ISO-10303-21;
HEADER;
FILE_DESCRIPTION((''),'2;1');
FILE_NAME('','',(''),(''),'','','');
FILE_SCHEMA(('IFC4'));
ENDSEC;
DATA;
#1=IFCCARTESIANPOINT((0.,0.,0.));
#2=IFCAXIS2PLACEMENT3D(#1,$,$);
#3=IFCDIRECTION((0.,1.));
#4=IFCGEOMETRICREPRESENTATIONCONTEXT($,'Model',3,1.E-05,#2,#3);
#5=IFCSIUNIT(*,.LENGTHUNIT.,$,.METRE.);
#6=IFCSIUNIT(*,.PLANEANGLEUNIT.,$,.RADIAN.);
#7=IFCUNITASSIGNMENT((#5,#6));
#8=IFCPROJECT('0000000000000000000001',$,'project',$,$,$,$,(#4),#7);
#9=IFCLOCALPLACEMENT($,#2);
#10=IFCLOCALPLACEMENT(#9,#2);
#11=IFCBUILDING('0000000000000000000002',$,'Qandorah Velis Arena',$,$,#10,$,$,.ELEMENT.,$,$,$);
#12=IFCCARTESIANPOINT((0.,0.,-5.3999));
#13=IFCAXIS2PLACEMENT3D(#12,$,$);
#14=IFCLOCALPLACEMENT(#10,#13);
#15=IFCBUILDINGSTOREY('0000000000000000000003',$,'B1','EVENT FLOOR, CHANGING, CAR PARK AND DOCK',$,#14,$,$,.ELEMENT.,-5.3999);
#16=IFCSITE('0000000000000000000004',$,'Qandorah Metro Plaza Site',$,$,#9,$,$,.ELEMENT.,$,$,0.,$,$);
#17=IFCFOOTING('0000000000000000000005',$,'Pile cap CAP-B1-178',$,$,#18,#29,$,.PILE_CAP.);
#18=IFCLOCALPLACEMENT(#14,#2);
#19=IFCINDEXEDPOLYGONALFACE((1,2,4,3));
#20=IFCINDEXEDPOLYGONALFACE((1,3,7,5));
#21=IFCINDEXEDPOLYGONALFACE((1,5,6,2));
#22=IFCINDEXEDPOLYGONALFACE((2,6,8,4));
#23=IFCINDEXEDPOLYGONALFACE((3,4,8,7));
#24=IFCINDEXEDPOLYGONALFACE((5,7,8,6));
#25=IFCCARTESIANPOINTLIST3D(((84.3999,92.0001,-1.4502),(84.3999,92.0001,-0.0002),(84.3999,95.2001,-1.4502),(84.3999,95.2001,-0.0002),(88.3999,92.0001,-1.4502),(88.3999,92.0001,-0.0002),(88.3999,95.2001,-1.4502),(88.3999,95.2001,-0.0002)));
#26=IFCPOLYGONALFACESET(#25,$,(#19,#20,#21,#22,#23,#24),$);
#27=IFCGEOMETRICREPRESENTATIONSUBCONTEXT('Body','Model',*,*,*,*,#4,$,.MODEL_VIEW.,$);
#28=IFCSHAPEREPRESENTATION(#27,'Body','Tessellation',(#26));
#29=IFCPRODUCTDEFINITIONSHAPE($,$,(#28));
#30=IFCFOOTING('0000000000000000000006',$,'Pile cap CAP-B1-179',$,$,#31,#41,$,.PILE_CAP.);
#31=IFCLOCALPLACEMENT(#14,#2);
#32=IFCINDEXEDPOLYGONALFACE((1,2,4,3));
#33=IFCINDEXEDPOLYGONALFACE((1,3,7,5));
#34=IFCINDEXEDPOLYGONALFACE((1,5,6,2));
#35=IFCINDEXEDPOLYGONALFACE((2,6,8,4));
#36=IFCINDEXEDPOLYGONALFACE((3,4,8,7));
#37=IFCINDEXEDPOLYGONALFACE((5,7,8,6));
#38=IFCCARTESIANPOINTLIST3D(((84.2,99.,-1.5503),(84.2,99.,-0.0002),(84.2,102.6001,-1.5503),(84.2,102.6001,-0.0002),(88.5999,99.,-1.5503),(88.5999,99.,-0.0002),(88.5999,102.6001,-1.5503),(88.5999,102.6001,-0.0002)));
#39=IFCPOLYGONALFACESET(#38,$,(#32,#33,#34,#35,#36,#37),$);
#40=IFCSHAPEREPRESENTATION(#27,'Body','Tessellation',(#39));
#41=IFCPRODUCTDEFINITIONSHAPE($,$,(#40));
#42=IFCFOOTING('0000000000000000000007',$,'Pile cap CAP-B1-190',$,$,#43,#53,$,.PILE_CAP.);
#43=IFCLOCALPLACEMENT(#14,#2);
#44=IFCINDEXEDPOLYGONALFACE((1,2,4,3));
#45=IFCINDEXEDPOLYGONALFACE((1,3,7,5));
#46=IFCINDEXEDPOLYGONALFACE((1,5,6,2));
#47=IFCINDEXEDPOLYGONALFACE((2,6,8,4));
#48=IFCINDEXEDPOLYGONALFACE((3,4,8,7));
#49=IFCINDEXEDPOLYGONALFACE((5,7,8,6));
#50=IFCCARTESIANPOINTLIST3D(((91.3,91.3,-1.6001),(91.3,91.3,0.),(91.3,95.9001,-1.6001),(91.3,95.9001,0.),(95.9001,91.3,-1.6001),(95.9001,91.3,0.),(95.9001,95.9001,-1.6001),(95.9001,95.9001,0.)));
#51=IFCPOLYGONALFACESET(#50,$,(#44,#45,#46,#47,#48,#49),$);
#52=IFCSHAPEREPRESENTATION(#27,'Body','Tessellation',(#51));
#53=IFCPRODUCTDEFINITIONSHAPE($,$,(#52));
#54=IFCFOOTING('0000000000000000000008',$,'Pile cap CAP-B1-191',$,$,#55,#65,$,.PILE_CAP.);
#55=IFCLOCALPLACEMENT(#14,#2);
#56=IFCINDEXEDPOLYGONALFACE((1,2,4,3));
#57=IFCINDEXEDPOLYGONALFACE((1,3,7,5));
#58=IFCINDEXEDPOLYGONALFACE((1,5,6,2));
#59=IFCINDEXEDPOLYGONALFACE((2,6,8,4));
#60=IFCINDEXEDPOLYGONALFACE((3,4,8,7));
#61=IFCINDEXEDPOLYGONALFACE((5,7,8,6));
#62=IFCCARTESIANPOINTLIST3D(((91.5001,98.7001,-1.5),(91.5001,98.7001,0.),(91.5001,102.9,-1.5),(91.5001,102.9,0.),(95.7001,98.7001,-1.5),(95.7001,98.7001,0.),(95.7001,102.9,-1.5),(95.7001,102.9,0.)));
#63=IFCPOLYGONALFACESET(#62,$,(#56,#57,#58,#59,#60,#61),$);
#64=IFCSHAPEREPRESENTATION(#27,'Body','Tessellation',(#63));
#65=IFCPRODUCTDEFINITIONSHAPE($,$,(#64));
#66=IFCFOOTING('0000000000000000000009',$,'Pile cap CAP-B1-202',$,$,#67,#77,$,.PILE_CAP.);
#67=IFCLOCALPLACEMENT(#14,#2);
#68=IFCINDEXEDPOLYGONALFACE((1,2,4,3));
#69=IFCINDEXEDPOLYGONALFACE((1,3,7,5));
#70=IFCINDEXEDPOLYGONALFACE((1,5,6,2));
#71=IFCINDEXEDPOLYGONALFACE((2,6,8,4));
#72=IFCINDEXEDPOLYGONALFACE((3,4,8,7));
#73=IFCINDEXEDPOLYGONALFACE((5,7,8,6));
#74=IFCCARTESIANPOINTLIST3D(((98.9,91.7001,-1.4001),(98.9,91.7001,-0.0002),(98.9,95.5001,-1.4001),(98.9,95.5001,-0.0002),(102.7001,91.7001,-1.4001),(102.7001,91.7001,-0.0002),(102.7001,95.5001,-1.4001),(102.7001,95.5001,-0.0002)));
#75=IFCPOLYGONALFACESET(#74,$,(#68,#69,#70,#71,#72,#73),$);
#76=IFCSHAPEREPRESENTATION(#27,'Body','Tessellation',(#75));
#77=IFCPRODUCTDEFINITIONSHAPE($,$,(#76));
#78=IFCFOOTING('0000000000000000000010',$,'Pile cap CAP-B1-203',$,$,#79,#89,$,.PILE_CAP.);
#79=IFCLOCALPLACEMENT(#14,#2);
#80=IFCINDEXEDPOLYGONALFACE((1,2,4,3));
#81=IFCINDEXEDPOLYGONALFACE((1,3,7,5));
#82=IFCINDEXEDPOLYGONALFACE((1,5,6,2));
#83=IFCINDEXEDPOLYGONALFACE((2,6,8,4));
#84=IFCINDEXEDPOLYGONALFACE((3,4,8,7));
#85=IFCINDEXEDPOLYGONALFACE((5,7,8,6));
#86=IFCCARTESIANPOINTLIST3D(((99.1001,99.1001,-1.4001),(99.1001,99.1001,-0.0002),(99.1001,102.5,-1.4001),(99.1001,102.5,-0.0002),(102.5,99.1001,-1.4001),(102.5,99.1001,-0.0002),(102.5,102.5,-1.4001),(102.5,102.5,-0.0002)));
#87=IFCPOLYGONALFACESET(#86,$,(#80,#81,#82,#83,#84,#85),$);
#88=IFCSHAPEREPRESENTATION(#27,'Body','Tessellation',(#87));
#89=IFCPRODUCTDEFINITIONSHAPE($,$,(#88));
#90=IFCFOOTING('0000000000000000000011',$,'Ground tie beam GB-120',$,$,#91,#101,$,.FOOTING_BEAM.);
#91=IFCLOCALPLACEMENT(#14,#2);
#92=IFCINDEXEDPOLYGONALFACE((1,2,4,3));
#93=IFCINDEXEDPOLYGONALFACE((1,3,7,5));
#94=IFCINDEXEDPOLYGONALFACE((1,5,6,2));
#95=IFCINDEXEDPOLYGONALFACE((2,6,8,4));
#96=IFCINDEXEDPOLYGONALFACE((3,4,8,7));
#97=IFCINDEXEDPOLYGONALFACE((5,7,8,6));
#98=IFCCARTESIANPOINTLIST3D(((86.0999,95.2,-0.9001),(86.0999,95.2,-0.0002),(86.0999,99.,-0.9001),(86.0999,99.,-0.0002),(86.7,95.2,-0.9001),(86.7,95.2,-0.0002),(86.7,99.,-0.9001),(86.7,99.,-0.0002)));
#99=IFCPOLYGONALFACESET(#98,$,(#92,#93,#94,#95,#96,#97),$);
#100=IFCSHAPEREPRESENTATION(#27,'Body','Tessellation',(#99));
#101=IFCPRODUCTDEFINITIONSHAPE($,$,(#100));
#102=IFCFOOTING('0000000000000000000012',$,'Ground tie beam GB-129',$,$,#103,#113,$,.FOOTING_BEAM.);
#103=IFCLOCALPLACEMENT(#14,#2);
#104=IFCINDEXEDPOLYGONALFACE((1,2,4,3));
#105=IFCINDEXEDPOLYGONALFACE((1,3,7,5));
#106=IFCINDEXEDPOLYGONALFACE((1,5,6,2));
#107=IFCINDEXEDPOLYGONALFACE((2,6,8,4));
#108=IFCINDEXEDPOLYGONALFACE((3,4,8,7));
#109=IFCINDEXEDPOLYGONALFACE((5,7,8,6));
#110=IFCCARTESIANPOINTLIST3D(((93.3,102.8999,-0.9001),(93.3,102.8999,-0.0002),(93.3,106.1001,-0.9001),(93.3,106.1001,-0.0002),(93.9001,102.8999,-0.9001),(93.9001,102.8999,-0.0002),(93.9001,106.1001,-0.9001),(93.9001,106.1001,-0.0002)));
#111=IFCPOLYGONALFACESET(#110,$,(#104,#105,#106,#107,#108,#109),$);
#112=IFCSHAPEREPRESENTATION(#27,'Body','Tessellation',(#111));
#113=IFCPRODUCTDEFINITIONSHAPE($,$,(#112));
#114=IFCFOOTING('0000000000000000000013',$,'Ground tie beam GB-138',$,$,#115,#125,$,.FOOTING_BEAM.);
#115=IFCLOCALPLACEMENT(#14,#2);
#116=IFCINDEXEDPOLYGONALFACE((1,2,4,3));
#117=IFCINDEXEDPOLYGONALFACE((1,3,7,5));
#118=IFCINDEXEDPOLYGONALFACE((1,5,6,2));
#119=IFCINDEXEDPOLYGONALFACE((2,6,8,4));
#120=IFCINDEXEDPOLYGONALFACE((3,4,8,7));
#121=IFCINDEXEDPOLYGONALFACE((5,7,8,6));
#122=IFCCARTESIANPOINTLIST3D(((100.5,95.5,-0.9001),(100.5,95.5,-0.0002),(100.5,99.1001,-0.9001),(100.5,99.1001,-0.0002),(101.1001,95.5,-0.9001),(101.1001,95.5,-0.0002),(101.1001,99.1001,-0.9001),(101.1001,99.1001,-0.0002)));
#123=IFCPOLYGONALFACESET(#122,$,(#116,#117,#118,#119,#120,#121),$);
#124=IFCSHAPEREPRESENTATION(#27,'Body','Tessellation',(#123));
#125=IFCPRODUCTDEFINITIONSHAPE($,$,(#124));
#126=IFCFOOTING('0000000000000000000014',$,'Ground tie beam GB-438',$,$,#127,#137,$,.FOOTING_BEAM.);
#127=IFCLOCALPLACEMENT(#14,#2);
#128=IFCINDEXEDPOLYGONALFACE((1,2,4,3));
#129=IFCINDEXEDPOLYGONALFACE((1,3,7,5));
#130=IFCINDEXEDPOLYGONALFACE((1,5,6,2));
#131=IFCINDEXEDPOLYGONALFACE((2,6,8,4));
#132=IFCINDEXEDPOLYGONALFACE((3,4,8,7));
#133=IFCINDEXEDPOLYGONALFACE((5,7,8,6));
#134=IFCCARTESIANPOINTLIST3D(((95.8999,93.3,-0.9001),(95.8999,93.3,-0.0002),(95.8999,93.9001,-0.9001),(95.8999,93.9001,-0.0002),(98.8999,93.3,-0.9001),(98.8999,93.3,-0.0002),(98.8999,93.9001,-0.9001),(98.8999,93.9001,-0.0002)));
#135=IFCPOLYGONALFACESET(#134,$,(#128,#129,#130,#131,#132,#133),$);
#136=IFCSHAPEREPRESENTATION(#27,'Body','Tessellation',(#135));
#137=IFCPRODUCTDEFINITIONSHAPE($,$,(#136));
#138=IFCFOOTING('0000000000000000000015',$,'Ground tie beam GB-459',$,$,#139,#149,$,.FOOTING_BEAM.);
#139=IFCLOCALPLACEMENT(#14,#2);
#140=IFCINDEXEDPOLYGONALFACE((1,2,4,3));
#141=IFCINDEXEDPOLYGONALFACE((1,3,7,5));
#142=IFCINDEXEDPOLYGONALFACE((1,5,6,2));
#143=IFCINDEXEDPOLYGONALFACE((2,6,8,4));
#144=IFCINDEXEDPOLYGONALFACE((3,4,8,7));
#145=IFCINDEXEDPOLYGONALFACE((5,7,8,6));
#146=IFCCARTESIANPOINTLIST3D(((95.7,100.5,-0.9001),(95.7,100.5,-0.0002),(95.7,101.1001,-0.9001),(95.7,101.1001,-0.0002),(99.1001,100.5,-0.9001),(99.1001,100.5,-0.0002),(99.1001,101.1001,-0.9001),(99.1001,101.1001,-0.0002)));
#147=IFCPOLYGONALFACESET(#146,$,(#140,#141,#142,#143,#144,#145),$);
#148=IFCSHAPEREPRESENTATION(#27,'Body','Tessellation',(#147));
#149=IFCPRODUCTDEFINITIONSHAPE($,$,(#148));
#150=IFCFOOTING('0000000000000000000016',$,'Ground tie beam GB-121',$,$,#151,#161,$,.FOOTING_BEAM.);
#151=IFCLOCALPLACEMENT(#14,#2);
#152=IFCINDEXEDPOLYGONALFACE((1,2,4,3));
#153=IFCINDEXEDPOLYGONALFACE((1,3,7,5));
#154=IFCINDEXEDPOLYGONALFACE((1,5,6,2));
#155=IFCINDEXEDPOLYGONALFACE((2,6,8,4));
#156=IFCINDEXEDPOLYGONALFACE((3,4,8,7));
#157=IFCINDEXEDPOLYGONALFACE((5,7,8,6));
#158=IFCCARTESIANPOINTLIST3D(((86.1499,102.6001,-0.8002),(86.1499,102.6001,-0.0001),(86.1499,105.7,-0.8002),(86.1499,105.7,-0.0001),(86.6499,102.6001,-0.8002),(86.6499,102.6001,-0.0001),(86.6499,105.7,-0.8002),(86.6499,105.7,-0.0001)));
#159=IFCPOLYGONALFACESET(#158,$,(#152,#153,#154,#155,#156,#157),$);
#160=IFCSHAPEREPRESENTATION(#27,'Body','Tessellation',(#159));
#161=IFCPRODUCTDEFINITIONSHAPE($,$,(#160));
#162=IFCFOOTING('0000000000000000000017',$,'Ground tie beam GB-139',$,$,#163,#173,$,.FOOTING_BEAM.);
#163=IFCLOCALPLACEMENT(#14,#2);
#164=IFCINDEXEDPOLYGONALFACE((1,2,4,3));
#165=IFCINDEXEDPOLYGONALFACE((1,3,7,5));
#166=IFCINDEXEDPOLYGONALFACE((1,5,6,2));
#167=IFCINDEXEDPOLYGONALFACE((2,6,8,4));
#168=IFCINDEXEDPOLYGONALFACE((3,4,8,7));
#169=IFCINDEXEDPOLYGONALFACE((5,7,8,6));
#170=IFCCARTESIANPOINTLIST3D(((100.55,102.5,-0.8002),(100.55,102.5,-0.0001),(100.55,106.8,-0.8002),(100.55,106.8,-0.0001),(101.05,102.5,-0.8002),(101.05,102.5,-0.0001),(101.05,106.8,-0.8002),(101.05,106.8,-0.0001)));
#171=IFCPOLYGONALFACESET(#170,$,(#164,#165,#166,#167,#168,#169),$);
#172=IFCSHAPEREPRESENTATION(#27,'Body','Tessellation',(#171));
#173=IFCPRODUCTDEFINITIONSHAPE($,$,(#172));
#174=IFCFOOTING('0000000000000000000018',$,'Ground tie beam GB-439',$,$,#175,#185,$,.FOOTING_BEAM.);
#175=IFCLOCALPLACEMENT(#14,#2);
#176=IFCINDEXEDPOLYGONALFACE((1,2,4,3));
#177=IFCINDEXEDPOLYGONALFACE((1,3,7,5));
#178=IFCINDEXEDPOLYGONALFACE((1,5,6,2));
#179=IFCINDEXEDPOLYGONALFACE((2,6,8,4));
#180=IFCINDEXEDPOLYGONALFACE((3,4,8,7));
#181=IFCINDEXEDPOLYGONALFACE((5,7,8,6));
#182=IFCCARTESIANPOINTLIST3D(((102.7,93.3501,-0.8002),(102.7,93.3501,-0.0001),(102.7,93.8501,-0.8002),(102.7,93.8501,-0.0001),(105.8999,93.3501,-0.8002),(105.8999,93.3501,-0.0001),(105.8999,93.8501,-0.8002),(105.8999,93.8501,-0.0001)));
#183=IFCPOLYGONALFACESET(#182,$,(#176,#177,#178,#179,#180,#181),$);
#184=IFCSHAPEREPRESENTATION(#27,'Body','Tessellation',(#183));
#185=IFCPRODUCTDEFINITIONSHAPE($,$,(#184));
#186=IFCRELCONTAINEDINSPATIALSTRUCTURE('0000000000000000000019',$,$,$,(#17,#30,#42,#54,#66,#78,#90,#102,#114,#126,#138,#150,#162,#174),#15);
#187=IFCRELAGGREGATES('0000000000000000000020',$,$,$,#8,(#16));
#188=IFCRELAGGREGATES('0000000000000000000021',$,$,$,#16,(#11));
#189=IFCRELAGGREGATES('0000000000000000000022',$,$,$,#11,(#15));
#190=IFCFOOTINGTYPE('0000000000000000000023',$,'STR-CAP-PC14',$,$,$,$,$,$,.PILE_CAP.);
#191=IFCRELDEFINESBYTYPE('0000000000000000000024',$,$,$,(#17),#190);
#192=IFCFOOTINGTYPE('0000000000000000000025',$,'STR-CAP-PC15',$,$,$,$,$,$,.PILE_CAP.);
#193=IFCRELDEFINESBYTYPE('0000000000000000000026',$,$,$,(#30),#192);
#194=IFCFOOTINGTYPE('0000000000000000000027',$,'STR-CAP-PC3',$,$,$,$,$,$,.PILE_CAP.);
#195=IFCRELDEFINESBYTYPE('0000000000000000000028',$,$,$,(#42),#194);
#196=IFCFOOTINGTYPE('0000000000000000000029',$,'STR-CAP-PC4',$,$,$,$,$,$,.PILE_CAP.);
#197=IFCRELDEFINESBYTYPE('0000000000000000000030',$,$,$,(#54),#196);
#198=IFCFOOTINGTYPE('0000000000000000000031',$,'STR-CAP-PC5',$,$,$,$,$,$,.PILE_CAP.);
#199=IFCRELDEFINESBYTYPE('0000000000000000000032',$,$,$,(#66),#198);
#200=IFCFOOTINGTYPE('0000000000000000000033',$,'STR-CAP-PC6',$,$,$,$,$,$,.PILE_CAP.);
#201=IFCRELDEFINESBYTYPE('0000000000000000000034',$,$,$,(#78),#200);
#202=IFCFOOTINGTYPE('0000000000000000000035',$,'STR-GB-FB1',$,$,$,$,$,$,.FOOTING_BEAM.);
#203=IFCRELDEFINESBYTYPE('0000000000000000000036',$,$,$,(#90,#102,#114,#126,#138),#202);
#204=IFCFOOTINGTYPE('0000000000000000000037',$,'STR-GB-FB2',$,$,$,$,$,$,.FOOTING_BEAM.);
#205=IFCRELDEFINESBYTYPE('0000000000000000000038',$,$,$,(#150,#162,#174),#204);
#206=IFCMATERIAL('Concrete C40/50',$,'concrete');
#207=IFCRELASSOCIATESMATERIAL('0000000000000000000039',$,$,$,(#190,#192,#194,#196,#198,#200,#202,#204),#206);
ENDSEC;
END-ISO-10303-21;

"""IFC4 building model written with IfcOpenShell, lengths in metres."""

from ifc_helpers import new_model, si_unit, direction, frame, origin, origin_2d, place, context, subcontext, project, spatial, rectangle, extrude, material, material_profile, profile_set, type_object, element, save


model = new_model("IFC4")

# Units and contexts
model_context = context("Model", 3, precision=1e-05, world=origin(), true_north=direction((0.0, 1.0)))
body_context = subcontext(model_context, "Body", "Model", "MODEL_VIEW")
ifc_project = project(units=[si_unit("LENGTHUNIT", "METRE"), si_unit("PLANEANGLEUNIT", "RADIAN")], contexts=[model_context])

# Site, building, storey
site_placement = place(None, origin())
site = spatial("IfcSite", under=ifc_project, at=site_placement, Name="Qandorah Metro Plaza Site", CompositionType="ELEMENT", RefElevation=0.0)
building_placement = place(site_placement, origin())
building = spatial("IfcBuilding", under=site, at=building_placement, Name="Qandorah Velis Arena", CompositionType="ELEMENT")
storey_placement = place(building_placement, frame((0.0, 0.0, -5.3999)))
storey = spatial("IfcBuildingStorey", under=building, at=storey_placement, Name="B1", Description="EVENT FLOOR, CHANGING, CAR PARK AND DOCK", CompositionType="ELEMENT", Elevation=-5.3999)

# Footings
ifc_material_1 = material(Name="Concrete C40/50", Category="concrete")
footing_type_1 = type_object("IfcFootingType", Name="STR-CAP-PC14", PredefinedType="PILE_CAP", material=ifc_material_1)
footing_1_placement = place(storey_placement, frame((86.3999, 93.6001, -1.4502), z_axis=(0.0, 0.0, 1.0), x_axis=(1.0, 0.0, 0.0)))
element("IfcFooting", 1, at=footing_1_placement, inside=storey, type_object=footing_type_1, Name="Pile cap CAP-B1-178", PredefinedType="PILE_CAP", context=body_context, shape_type="SweptSolid", body=[
    extrude(rectangle(XDim=4.0, YDim=3.2, at=origin_2d()), origin(), (0.0, 0.0, 1.0), 1.45),
])
footing_type_2 = type_object("IfcFootingType", Name="STR-CAP-PC15", PredefinedType="PILE_CAP", material=ifc_material_1)
footing_2_placement = place(storey_placement, frame((86.3999, 100.8, -1.5503), z_axis=(0.0, 0.0, 1.0), x_axis=(1.0, 0.0, 0.0)))
element("IfcFooting", 2, at=footing_2_placement, inside=storey, type_object=footing_type_2, Name="Pile cap CAP-B1-179", PredefinedType="PILE_CAP", context=body_context, shape_type="SweptSolid", body=[
    extrude(rectangle(XDim=4.3999, YDim=3.6001, at=origin_2d()), origin(), (0.0, 0.0, 1.0), 1.55),
])
footing_type_3 = type_object("IfcFootingType", Name="STR-CAP-PC3", PredefinedType="PILE_CAP", material=ifc_material_1)
footing_3_placement = place(storey_placement, frame((93.6001, 93.6001, -1.6001), z_axis=(0.0, 0.0, 1.0), x_axis=(1.0, 0.0, 0.0)))
element("IfcFooting", 3, at=footing_3_placement, inside=storey, type_object=footing_type_3, Name="Pile cap CAP-B1-190", PredefinedType="PILE_CAP", context=body_context, shape_type="SweptSolid", body=[
    extrude(rectangle(XDim=4.6001, YDim=4.6001, at=origin_2d()), origin(), (0.0, 0.0, 1.0), 1.6001),
])
footing_type_4 = type_object("IfcFootingType", Name="STR-CAP-PC4", PredefinedType="PILE_CAP", material=ifc_material_1)
footing_4_placement = place(storey_placement, frame((93.6001, 100.8, -1.5), z_axis=(0.0, 0.0, 1.0), x_axis=(1.0, 0.0, 0.0)))
element("IfcFooting", 4, at=footing_4_placement, inside=storey, type_object=footing_type_4, Name="Pile cap CAP-B1-191", PredefinedType="PILE_CAP", context=body_context, shape_type="SweptSolid", body=[
    extrude(rectangle(XDim=4.2, YDim=4.2, at=origin_2d()), origin(), (0.0, 0.0, 1.0), 1.5),
])
footing_type_5 = type_object("IfcFootingType", Name="STR-CAP-PC5", PredefinedType="PILE_CAP", material=ifc_material_1)
footing_5_placement = place(storey_placement, frame((100.8, 93.6001, -1.4001), z_axis=(0.0, 0.0, 1.0), x_axis=(1.0, 0.0, 0.0)))
element("IfcFooting", 5, at=footing_5_placement, inside=storey, type_object=footing_type_5, Name="Pile cap CAP-B1-202", PredefinedType="PILE_CAP", context=body_context, shape_type="SweptSolid", body=[
    extrude(rectangle(XDim=3.8, YDim=3.8, at=origin_2d()), origin(), (0.0, 0.0, 1.0), 1.3999),
])
footing_type_6 = type_object("IfcFootingType", Name="STR-CAP-PC6", PredefinedType="PILE_CAP", material=ifc_material_1)
footing_6_placement = place(storey_placement, frame((100.8, 100.8, -1.4001), z_axis=(0.0, 0.0, 1.0), x_axis=(1.0, 0.0, 0.0)))
element("IfcFooting", 6, at=footing_6_placement, inside=storey, type_object=footing_type_6, Name="Pile cap CAP-B1-203", PredefinedType="PILE_CAP", context=body_context, shape_type="SweptSolid", body=[
    extrude(rectangle(XDim=3.3999, YDim=3.3999, at=origin_2d()), origin(), (0.0, 0.0, 1.0), 1.3999),
])
ifc_material_profile_1 = material_profile(ifc_material_1, rectangle(XDim=0.6001, YDim=0.8999, at=origin_2d()), Name="GB1 600x900")
ifc_profile_set_1 = profile_set([ifc_material_profile_1], Name="Concrete C40/50")
footing_type_7 = type_object("IfcFootingType", Name="STR-GB-FB1", PredefinedType="FOOTING_BEAM", material=ifc_profile_set_1)
footing_7_placement = place(storey_placement, frame((86.3999, 95.2, -0.4502), z_axis=(0.0, 1.0, 0.0), x_axis=(-1.0, 0.0, 0.0)))
element("IfcFooting", 7, at=footing_7_placement, inside=storey, type_object=footing_type_7, Name="Ground tie beam GB-120", PredefinedType="FOOTING_BEAM", context=body_context, shape_type="SweptSolid", body=[
    extrude(rectangle(XDim=0.6001, YDim=0.8999, at=origin_2d()), origin(), (0.0, 0.0, 1.0), 3.8),
])
footing_8_placement = place(storey_placement, frame((93.6001, 102.8999, -0.4502), z_axis=(0.0, 1.0, 0.0), x_axis=(-1.0, 0.0, 0.0)))
element("IfcFooting", 8, at=footing_8_placement, inside=storey, type_object=footing_type_7, Name="Ground tie beam GB-129", PredefinedType="FOOTING_BEAM", context=body_context, shape_type="SweptSolid", body=[
    extrude(rectangle(XDim=0.6001, YDim=0.8999, at=origin_2d()), origin(), (0.0, 0.0, 1.0), 3.2002),
])
footing_9_placement = place(storey_placement, frame((100.8, 95.5, -0.4502), z_axis=(0.0, 1.0, 0.0), x_axis=(-1.0, 0.0, 0.0)))
element("IfcFooting", 9, at=footing_9_placement, inside=storey, type_object=footing_type_7, Name="Ground tie beam GB-138", PredefinedType="FOOTING_BEAM", context=body_context, shape_type="SweptSolid", body=[
    extrude(rectangle(XDim=0.6001, YDim=0.8999, at=origin_2d()), origin(), (0.0, 0.0, 1.0), 3.6001),
])
footing_10_placement = place(storey_placement, frame((95.8999, 93.6001, -0.4502), z_axis=(1.0, 0.0, 0.0), x_axis=(0.0, 1.0, 0.0)))
element("IfcFooting", 10, at=footing_10_placement, inside=storey, type_object=footing_type_7, Name="Ground tie beam GB-438", PredefinedType="FOOTING_BEAM", context=body_context, shape_type="SweptSolid", body=[
    extrude(rectangle(XDim=0.6001, YDim=0.8999, at=origin_2d()), origin(), (0.0, 0.0, 1.0), 3.0),
])
footing_11_placement = place(storey_placement, frame((95.7, 100.8, -0.4502), z_axis=(1.0, 0.0, 0.0), x_axis=(0.0, 1.0, 0.0)))
element("IfcFooting", 11, at=footing_11_placement, inside=storey, type_object=footing_type_7, Name="Ground tie beam GB-459", PredefinedType="FOOTING_BEAM", context=body_context, shape_type="SweptSolid", body=[
    extrude(rectangle(XDim=0.6001, YDim=0.8999, at=origin_2d()), origin(), (0.0, 0.0, 1.0), 3.4001),
])
ifc_material_profile_2 = material_profile(ifc_material_1, rectangle(XDim=0.5, YDim=0.8, at=origin_2d()), Name="GB2 500x800")
ifc_profile_set_2 = profile_set([ifc_material_profile_2], Name="Concrete C40/50")
footing_type_8 = type_object("IfcFootingType", Name="STR-GB-FB2", PredefinedType="FOOTING_BEAM", material=ifc_profile_set_2)
footing_12_placement = place(storey_placement, frame((86.3999, 102.6001, -0.4001), z_axis=(0.0, 1.0, 0.0), x_axis=(-1.0, 0.0, 0.0)))
element("IfcFooting", 12, at=footing_12_placement, inside=storey, type_object=footing_type_8, Name="Ground tie beam GB-121", PredefinedType="FOOTING_BEAM", context=body_context, shape_type="SweptSolid", body=[
    extrude(rectangle(XDim=0.5, YDim=0.8, at=origin_2d()), origin(), (0.0, 0.0, 1.0), 3.0999),
])
footing_13_placement = place(storey_placement, frame((100.8, 102.5, -0.4001), z_axis=(0.0, 1.0, 0.0), x_axis=(-1.0, 0.0, 0.0)))
element("IfcFooting", 13, at=footing_13_placement, inside=storey, type_object=footing_type_8, Name="Ground tie beam GB-139", PredefinedType="FOOTING_BEAM", context=body_context, shape_type="SweptSolid", body=[
    extrude(rectangle(XDim=0.5, YDim=0.8, at=origin_2d()), origin(), (0.0, 0.0, 1.0), 4.3),
])
footing_14_placement = place(storey_placement, frame((102.7, 93.6001, -0.4001), z_axis=(1.0, 0.0, 0.0), x_axis=(0.0, 1.0, 0.0)))
element("IfcFooting", 14, at=footing_14_placement, inside=storey, type_object=footing_type_8, Name="Ground tie beam GB-439", PredefinedType="FOOTING_BEAM", context=body_context, shape_type="SweptSolid", body=[
    extrude(rectangle(XDim=0.5, YDim=0.8, at=origin_2d()), origin(), (0.0, 0.0, 1.0), 3.2),
])

save(model, "model.ifc")
